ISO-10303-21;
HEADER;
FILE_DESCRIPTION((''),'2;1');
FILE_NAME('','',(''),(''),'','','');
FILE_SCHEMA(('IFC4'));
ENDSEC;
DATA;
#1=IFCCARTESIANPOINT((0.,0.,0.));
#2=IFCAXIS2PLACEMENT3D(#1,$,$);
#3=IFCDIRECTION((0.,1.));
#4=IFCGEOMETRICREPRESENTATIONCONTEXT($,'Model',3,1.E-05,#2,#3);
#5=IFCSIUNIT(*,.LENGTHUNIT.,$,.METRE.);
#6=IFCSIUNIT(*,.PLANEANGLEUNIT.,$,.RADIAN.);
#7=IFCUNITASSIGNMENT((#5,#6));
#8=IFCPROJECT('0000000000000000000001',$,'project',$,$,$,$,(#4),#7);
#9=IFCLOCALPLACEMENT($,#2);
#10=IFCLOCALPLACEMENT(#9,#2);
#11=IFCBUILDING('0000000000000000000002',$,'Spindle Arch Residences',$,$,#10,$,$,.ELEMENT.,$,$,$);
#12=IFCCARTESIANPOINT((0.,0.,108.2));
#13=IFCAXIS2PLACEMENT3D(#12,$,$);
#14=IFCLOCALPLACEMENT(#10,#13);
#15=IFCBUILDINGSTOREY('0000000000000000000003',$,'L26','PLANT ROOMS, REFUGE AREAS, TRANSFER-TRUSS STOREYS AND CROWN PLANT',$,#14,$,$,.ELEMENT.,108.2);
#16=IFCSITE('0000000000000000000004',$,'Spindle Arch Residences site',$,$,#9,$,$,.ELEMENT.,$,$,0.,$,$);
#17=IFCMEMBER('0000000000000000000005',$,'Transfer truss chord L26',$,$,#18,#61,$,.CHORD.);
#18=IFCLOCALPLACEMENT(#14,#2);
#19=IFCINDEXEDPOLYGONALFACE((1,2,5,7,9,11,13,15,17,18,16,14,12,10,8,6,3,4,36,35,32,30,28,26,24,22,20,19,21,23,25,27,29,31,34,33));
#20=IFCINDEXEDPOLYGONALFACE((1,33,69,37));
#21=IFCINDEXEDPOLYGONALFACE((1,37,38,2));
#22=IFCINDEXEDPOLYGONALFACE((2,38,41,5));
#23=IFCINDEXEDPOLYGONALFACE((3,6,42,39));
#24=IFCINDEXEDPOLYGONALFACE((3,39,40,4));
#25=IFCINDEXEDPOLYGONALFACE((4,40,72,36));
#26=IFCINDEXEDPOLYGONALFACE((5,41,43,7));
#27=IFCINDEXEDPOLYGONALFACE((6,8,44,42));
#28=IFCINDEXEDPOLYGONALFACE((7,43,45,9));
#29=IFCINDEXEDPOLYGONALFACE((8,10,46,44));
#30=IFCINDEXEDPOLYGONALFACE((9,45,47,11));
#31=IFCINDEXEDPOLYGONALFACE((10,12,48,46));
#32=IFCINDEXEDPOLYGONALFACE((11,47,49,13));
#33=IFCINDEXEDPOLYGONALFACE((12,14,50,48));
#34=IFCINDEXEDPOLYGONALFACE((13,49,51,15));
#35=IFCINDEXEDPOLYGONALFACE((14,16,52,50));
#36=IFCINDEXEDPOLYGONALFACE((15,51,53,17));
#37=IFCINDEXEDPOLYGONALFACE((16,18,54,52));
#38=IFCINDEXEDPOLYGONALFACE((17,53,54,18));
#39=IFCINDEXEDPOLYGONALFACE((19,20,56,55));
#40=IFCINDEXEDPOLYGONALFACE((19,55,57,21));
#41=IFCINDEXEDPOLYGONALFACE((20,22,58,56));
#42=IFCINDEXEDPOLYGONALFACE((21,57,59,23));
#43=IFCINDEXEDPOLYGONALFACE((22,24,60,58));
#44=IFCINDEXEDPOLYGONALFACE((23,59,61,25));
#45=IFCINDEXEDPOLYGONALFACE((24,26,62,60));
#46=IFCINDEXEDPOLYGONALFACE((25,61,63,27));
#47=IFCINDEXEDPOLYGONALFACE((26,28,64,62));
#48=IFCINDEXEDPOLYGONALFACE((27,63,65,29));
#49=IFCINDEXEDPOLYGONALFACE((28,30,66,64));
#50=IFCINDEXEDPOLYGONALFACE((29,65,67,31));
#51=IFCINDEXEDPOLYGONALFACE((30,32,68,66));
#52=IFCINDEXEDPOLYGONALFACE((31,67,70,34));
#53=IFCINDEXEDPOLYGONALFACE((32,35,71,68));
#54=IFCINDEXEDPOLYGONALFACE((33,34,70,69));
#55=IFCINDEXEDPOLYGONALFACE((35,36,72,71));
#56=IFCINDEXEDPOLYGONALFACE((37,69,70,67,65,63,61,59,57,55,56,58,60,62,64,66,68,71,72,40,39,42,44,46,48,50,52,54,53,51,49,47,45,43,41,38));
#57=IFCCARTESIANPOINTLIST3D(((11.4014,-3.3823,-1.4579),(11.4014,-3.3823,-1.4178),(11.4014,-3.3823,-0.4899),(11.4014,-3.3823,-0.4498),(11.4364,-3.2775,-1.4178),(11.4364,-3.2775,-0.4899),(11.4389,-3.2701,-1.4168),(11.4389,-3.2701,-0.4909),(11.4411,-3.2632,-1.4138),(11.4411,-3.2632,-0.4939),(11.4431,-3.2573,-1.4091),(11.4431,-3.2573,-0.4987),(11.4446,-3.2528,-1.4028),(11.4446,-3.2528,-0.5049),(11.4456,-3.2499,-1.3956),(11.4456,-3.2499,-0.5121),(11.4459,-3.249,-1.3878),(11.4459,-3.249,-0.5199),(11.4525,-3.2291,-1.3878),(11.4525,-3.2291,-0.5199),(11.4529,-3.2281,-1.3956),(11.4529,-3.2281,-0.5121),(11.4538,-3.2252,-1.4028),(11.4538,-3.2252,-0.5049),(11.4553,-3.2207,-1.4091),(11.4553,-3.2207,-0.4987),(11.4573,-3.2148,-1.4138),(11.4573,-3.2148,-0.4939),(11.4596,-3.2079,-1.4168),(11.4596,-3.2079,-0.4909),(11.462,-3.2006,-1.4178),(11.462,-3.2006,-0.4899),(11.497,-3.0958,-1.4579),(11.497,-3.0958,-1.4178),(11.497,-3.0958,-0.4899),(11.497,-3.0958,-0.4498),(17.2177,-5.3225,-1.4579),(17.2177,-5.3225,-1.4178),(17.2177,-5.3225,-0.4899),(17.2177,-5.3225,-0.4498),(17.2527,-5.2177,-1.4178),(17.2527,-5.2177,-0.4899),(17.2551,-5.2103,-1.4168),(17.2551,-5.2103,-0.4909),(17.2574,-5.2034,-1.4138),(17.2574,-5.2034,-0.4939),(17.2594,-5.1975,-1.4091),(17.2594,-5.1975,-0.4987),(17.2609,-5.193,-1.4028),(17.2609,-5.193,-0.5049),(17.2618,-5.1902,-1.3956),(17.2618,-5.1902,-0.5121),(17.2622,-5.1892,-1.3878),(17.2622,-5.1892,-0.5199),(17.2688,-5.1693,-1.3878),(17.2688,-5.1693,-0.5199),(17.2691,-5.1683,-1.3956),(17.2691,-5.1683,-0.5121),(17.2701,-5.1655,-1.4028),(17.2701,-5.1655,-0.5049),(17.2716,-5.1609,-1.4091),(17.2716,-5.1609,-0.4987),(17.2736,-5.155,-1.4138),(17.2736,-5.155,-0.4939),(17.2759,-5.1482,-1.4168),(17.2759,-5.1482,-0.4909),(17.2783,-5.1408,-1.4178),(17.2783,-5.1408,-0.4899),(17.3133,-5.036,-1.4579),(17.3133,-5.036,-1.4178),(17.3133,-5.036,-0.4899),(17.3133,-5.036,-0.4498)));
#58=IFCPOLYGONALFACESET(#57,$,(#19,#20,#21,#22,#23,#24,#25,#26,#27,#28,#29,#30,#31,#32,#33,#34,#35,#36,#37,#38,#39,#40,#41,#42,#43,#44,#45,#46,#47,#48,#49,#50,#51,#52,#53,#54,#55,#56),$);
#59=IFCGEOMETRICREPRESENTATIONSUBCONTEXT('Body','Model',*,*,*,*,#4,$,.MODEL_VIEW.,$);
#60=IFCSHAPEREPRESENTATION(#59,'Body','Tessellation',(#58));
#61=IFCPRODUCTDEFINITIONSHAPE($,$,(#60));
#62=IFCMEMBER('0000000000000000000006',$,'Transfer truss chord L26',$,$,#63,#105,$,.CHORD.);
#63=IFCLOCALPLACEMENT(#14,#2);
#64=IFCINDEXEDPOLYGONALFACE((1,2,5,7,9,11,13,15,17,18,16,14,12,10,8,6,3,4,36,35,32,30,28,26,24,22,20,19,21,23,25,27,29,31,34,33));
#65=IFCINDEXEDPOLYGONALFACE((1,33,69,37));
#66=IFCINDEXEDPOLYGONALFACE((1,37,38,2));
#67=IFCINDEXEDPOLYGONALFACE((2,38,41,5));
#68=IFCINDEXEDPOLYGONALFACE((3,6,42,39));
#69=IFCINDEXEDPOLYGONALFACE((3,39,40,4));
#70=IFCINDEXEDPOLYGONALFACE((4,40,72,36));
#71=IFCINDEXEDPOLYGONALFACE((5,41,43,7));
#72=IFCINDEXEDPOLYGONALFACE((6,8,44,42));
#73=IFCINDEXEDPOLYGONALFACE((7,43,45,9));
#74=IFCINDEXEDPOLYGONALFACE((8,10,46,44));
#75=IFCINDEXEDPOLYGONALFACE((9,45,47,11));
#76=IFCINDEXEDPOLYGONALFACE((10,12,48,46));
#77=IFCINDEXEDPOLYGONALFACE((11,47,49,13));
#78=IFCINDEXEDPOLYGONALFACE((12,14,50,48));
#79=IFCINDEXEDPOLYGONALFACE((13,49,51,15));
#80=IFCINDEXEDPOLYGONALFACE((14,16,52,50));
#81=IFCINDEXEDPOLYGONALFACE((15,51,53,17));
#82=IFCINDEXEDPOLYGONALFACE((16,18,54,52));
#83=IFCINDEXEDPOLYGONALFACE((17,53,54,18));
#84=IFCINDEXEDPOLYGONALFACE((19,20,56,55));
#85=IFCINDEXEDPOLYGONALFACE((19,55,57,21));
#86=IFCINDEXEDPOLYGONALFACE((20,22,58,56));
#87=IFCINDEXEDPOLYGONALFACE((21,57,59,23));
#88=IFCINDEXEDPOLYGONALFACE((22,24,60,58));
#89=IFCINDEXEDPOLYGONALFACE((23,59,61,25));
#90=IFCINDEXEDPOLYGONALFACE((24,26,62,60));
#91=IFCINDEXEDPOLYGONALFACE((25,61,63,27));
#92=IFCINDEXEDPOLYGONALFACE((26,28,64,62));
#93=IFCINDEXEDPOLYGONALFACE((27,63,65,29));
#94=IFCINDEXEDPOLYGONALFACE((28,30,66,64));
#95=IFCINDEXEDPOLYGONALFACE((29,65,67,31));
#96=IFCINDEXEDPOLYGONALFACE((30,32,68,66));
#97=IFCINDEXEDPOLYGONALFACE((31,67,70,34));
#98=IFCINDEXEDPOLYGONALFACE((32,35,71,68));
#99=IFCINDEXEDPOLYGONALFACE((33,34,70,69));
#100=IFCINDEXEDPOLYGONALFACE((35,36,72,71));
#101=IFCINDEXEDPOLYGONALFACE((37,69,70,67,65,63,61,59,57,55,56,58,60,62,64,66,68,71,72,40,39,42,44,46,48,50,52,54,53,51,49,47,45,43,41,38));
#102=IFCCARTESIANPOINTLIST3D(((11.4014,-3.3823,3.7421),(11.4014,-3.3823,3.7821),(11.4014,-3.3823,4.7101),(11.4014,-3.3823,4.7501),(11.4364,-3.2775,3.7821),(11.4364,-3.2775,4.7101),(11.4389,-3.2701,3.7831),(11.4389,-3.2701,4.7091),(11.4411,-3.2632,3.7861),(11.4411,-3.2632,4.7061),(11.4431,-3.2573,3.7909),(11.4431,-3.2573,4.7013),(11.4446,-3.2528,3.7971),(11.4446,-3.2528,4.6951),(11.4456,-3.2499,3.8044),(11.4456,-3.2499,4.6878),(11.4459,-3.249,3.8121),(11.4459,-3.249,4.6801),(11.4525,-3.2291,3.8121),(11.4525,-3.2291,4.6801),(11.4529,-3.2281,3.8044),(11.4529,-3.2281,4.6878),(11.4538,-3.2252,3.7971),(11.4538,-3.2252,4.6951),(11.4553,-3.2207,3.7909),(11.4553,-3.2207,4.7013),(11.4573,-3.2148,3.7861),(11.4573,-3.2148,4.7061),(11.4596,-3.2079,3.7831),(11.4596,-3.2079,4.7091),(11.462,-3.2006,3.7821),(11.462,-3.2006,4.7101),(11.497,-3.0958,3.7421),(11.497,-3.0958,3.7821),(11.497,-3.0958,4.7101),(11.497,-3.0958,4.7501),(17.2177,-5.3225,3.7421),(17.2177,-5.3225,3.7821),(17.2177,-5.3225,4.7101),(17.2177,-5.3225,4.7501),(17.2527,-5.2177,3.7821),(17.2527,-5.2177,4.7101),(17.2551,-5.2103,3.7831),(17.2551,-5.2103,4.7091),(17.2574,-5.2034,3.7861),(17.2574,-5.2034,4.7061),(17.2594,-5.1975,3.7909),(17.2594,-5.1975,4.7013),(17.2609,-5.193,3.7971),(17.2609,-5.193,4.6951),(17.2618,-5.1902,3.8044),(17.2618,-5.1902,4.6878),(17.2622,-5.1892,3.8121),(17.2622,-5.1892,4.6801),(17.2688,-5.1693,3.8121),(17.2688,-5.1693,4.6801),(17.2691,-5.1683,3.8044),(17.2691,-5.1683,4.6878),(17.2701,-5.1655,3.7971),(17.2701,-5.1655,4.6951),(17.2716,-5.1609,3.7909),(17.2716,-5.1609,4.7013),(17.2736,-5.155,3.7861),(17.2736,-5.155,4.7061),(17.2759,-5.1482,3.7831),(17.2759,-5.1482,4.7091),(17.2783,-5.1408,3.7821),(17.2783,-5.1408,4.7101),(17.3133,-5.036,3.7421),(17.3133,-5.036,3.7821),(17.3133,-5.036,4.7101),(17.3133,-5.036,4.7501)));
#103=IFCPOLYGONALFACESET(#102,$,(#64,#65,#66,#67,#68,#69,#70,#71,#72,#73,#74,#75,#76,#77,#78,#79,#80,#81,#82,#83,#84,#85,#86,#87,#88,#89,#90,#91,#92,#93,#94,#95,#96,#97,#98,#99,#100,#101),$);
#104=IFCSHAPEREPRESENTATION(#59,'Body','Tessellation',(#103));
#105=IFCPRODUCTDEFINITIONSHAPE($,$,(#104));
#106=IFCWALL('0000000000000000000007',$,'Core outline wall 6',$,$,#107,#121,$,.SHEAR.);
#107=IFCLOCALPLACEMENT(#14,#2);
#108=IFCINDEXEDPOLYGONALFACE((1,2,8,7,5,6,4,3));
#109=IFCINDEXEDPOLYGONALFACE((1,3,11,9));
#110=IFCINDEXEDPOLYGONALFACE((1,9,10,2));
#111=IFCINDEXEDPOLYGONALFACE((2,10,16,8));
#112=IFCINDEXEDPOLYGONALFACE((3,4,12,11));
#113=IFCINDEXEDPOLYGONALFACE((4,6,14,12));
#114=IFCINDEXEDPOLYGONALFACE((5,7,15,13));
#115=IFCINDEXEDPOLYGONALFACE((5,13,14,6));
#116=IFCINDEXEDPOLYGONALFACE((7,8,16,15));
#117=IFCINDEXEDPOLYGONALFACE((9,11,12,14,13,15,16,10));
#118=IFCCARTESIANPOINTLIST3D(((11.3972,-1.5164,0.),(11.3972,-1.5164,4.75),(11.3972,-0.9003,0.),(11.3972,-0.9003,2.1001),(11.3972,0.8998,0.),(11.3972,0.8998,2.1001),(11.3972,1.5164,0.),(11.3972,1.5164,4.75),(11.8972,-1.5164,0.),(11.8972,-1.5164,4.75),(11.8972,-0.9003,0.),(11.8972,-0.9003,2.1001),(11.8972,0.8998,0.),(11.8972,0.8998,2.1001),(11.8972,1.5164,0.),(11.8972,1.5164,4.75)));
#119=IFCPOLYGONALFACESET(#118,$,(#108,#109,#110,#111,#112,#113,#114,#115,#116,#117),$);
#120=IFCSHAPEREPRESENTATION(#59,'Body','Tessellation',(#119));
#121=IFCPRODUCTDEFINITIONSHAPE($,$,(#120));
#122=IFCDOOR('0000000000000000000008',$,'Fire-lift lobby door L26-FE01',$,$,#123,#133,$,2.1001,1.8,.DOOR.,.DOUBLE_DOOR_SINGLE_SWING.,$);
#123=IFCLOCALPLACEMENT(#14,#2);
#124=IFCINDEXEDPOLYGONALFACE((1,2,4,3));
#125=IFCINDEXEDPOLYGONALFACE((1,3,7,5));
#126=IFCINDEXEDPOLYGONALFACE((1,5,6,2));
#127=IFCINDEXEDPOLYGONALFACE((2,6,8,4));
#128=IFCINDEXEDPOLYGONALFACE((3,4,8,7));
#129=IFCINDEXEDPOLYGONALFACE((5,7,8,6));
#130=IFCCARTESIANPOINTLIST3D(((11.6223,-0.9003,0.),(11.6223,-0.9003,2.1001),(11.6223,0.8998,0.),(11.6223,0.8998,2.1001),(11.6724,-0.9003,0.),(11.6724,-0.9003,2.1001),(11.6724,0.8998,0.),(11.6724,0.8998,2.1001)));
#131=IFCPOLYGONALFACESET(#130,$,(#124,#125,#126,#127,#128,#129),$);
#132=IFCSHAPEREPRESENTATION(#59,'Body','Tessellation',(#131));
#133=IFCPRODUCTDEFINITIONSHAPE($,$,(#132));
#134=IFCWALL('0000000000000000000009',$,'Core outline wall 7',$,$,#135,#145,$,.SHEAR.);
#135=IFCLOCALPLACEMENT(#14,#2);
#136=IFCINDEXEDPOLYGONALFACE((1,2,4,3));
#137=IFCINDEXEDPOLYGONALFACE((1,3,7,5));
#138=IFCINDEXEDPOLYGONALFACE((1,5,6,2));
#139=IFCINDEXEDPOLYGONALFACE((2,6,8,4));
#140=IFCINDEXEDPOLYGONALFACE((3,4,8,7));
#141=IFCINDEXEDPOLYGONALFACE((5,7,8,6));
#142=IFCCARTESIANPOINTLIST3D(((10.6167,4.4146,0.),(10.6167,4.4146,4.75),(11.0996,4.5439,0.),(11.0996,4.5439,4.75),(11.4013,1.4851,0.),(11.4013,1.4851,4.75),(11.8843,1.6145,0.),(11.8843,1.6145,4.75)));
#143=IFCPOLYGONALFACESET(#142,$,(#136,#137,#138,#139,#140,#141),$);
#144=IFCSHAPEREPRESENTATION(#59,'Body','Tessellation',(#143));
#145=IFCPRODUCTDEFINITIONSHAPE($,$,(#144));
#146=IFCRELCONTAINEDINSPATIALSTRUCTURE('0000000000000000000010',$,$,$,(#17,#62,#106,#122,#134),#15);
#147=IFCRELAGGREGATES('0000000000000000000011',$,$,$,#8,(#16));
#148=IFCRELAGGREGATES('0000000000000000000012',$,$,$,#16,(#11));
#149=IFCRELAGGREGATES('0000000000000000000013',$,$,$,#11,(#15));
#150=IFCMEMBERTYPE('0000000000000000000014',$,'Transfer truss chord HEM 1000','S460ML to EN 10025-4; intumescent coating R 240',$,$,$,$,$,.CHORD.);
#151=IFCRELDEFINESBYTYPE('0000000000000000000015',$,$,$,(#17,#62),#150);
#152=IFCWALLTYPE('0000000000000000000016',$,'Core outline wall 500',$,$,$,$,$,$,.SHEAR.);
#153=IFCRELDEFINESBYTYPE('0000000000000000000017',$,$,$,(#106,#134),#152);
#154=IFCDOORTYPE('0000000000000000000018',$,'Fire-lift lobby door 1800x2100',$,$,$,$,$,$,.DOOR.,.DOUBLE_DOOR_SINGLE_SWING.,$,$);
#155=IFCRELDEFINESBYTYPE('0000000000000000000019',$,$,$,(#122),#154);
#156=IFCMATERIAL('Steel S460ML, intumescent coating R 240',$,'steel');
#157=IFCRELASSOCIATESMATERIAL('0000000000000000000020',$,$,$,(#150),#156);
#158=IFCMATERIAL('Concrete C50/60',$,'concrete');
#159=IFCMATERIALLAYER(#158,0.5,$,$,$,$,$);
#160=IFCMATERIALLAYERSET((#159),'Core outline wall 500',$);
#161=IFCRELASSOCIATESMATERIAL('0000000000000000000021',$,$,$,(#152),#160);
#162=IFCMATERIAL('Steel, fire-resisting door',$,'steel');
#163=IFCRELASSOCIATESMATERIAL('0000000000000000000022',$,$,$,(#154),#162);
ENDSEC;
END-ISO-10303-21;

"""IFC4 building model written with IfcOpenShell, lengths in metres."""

from ifc_helpers import new_model, si_unit, direction, frame, frame_2d, origin, origin_2d, place, context, subcontext, project, spatial, rectangle, i_section, extrude, material, layer, layer_set, material_profile, profile_set, type_object, element, fill, save


model = new_model("IFC4")

# Units and contexts
model_context = context("Model", 3, precision=1e-05, world=origin(), true_north=direction((0.0, 1.0)))
body_context = subcontext(model_context, "Body", "Model", "MODEL_VIEW")
ifc_project = project(units=[si_unit("LENGTHUNIT", "METRE"), si_unit("PLANEANGLEUNIT", "RADIAN")], contexts=[model_context])

# Site, building, storey
site_placement = place(None, origin())
site = spatial("IfcSite", under=ifc_project, at=site_placement, Name="Spindle Arch Residences site", CompositionType="ELEMENT", RefElevation=0.0)
building_placement = place(site_placement, origin())
building = spatial("IfcBuilding", under=site, at=building_placement, Name="Spindle Arch Residences", CompositionType="ELEMENT")
storey_placement = place(building_placement, frame((0.0, 0.0, 108.2)))
storey = spatial("IfcBuildingStorey", under=building, at=storey_placement, Name="L26", Description="PLANT ROOMS, REFUGE AREAS, TRANSFER-TRUSS STOREYS AND CROWN PLANT", CompositionType="ELEMENT", Elevation=108.2)

# Members
ifc_material_1 = material(Name="Steel S460ML, intumescent coating R 240", Category="steel")
ifc_material_profile_1 = material_profile(ifc_material_1, i_section(OverallWidth=0.302, OverallDepth=1.0081, WebThickness=0.021, FlangeThickness=0.04, FilletRadius=0.03, at=origin_2d()), Name="HEM 1000")
ifc_profile_set_1 = profile_set([ifc_material_profile_1], Name="Steel S460ML, intumescent coating R 240")
member_type_1 = type_object("IfcMemberType", Name="Transfer truss chord HEM 1000", Description="S460ML to EN 10025-4; intumescent coating R 240", PredefinedType="CHORD", material=ifc_profile_set_1)
for number, where, z_axis, x_axis, name in (
    (1, (11.4492, -3.239, -0.9539), (0.948612, -0.316443, 0.0), (0.316443, 0.948612, 0.0), "Transfer truss chord L26"),
    (2, (11.4492, -3.239, 4.2461), (0.948612, -0.316443, 0.0), (0.316443, 0.948612, 0.0), "Transfer truss chord L26"),
):
    element("IfcMember", number, at=place(storey_placement, frame(where, z_axis=z_axis, x_axis=x_axis)), inside=storey, type_object=member_type_1, Name=name, PredefinedType="CHORD", context=body_context, shape_type="SweptSolid", body=[
        extrude(i_section(OverallWidth=0.302, OverallDepth=1.0081, WebThickness=0.021, FlangeThickness=0.04, FilletRadius=0.03, at=origin_2d()), origin(), (0.0, 0.0, 1.0), 6.1313),
    ])

# Wall, opening, door
ifc_material_2 = material(Name="Concrete C50/60", Category="concrete")
ifc_layer_1 = layer(ifc_material_2, 0.5)
ifc_layer_set_1 = layer_set([ifc_layer_1], Name="Core outline wall 500")
wall_type_1 = type_object("IfcWallType", Name="Core outline wall 500", PredefinedType="SHEAR", material=ifc_layer_set_1)
wall_1_placement = place(storey_placement, frame((11.6472, -1.5164, 0.0), z_axis=(0.0, 0.0, 1.0), x_axis=(0.0, 1.0, 0.0)))
wall_1 = element("IfcWall", 3, at=wall_1_placement, inside=storey, type_object=wall_type_1, Name="Core outline wall 6", PredefinedType="SHEAR", context=body_context, shape_type="SweptSolid", body=[
    extrude(rectangle(XDim=3.0327, YDim=0.5, at=frame_2d((1.5164, 0.0))), origin(), (0.0, 0.0, 1.0), 4.75),
])
opening_1_placement = place(wall_1_placement, frame((0.6162, 0.0, 0.0)))
opening_1 = element("IfcOpeningElement", 4, at=opening_1_placement, cuts=wall_1, PredefinedType="OPENING", context=body_context, shape_type="SweptSolid", body=[
    extrude(rectangle(XDim=1.8, YDim=2.1001, at=frame_2d((0.8999, 1.05))), frame((0.0, 0.26, 0.0), z_axis=(0.0, -1.0, 0.0), x_axis=(1.0, 0.0, 0.0)), (0.0, 0.0, 1.0), 0.52),
])
ifc_material_3 = material(Name="Steel, fire-resisting door", Category="steel")
door_type_1 = type_object("IfcDoorType", Name="Fire-lift lobby door 1800x2100", OperationType="DOUBLE_DOOR_SINGLE_SWING", PredefinedType="DOOR", material=ifc_material_3)
door_1_placement = place(opening_1_placement, origin())
door_1 = element("IfcDoor", 5, at=door_1_placement, inside=storey, type_object=door_type_1, Name="Fire-lift lobby door L26-FE01", OperationType="DOUBLE_DOOR_SINGLE_SWING", OverallHeight=2.1001, OverallWidth=1.8, PredefinedType="DOOR", context=body_context, shape_type="SweptSolid", body=[
    extrude(rectangle(XDim=1.8, YDim=2.1001, at=frame_2d((0.8999, 1.05))), frame((0.0, 0.0249, 0.0), z_axis=(0.0, -1.0, 0.0), x_axis=(1.0, 0.0, 0.0)), (0.0, 0.0, 1.0), 0.05),
])
fill(opening_1, door_1)

# Wall
wall_2_placement = place(storey_placement, frame((11.6428, 1.5498, 0.0), z_axis=(0.0, 0.0, 1.0), x_axis=(-0.258735, 0.965948, 0.0)))
element("IfcWall", 6, at=wall_2_placement, inside=storey, type_object=wall_type_1, Name="Core outline wall 7", PredefinedType="SHEAR", context=body_context, shape_type="SweptSolid", body=[
    extrude(rectangle(XDim=3.0327, YDim=0.5, at=frame_2d((1.5164, 0.0))), origin(), (0.0, 0.0, 1.0), 4.75),
])

save(model, "model.ifc")
